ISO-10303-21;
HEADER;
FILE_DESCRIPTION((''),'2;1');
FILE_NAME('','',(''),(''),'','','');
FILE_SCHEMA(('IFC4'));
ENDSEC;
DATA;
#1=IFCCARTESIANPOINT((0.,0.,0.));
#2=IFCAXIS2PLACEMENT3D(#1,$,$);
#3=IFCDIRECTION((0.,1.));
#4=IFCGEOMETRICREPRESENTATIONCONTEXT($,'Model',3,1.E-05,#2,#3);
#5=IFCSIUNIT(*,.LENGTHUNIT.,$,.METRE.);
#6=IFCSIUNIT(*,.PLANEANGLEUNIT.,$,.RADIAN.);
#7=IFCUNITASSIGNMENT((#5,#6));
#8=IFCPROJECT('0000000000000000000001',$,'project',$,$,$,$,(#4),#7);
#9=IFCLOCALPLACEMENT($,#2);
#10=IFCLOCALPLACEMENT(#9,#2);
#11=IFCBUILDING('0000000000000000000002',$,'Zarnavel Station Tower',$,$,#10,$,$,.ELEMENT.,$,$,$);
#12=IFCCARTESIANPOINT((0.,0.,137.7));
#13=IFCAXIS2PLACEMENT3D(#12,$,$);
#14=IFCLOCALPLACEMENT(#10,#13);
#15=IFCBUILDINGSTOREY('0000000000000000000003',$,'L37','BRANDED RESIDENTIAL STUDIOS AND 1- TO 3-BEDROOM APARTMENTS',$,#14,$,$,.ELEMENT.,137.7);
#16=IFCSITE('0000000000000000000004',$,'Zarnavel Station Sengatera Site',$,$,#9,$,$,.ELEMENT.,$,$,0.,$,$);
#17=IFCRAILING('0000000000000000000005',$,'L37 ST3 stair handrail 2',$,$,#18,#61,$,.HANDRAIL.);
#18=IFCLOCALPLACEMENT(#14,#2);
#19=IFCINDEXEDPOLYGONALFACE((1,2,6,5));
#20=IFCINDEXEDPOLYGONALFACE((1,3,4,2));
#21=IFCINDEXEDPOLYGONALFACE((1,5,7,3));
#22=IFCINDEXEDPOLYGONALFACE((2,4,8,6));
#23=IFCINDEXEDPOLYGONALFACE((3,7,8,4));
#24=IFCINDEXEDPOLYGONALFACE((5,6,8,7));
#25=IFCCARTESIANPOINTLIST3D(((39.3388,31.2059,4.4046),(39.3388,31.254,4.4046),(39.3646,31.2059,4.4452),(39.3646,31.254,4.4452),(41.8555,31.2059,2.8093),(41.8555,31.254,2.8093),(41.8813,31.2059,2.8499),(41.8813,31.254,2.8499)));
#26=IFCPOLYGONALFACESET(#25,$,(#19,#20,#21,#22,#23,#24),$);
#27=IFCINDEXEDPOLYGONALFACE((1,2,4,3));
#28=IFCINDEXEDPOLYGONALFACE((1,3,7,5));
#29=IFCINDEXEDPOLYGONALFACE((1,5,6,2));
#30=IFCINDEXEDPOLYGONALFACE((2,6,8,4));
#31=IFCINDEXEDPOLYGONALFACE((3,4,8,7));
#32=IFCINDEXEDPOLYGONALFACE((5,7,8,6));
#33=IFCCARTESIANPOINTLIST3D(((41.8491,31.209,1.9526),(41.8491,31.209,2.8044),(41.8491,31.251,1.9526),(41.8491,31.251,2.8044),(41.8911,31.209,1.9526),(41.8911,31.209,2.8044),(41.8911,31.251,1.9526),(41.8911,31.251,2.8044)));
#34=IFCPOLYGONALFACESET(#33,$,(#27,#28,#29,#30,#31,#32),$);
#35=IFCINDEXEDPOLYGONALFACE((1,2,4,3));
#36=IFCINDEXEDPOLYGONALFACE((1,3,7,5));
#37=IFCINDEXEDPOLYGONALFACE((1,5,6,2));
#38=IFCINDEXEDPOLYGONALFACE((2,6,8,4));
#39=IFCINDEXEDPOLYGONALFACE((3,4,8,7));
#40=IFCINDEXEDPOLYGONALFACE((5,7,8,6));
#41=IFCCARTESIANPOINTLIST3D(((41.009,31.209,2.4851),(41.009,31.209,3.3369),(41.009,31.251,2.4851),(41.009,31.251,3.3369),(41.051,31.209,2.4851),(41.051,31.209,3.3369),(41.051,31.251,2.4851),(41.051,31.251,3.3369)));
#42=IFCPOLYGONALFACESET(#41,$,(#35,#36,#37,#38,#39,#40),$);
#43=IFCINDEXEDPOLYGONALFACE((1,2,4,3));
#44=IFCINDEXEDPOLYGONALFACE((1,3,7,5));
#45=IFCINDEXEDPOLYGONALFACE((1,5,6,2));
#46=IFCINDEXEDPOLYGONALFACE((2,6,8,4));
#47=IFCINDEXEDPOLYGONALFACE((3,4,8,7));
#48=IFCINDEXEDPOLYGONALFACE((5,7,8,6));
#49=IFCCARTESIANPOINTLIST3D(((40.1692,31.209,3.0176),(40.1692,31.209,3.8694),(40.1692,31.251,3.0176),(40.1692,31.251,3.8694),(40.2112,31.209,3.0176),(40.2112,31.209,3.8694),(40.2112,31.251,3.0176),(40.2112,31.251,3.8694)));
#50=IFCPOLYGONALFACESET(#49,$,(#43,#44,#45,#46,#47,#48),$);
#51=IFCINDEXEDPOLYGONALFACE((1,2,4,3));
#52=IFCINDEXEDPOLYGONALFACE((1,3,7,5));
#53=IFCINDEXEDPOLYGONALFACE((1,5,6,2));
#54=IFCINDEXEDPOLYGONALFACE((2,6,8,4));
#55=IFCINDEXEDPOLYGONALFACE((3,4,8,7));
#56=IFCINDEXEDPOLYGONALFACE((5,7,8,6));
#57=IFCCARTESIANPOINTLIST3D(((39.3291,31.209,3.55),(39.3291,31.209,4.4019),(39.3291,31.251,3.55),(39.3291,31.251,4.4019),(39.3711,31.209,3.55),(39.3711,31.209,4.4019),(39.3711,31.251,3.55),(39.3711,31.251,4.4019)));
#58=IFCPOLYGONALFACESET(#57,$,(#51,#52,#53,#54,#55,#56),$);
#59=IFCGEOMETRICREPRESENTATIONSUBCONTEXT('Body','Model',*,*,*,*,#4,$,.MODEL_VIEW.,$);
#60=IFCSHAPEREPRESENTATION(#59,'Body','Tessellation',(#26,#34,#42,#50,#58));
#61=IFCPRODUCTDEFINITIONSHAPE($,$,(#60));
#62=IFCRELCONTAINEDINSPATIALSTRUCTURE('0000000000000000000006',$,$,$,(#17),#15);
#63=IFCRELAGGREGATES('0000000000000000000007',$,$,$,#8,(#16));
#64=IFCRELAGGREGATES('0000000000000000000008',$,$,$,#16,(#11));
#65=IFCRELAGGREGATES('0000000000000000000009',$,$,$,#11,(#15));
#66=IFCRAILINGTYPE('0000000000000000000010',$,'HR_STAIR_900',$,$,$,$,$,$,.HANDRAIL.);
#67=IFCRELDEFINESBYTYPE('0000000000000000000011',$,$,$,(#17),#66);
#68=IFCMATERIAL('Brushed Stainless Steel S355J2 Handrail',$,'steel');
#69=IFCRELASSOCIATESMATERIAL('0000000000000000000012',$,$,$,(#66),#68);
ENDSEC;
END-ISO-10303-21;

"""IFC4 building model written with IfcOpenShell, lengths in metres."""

from ifc_helpers import new_model, si_unit, direction, frame, origin, origin_2d, place, context, subcontext, project, spatial, rectangle, extrude, material, type_object, element, save


model = new_model("IFC4")

# Units and contexts
model_context = context("Model", 3, precision=1e-05, world=origin(), true_north=direction((0.0, 1.0)))
body_context = subcontext(model_context, "Body", "Model", "MODEL_VIEW")
ifc_project = project(units=[si_unit("LENGTHUNIT", "METRE"), si_unit("PLANEANGLEUNIT", "RADIAN")], contexts=[model_context])

# Site, building, storey
site_placement = place(None, origin())
site = spatial("IfcSite", under=ifc_project, at=site_placement, Name="Zarnavel Station Sengatera Site", CompositionType="ELEMENT", RefElevation=0.0)
building_placement = place(site_placement, origin())
building = spatial("IfcBuilding", under=site, at=building_placement, Name="Zarnavel Station Tower", CompositionType="ELEMENT")
storey_placement = place(building_placement, frame((0.0, 0.0, 137.7)))
storey = spatial("IfcBuildingStorey", under=building, at=storey_placement, Name="L37", Description="BRANDED RESIDENTIAL STUDIOS AND 1- TO 3-BEDROOM APARTMENTS", CompositionType="ELEMENT", Elevation=137.7)

# Railing
ifc_material_1 = material(Name="Brushed Stainless Steel S355J2 Handrail", Category="steel")
railing_type_1 = type_object("IfcRailingType", Name="HR_STAIR_900", PredefinedType="HANDRAIL", material=ifc_material_1)
railing_1_placement = place(storey_placement, frame((41.8701, 31.23, 1.9526)))
element("IfcRailing", 1, at=railing_1_placement, inside=storey, type_object=railing_type_1, Name="L37 ST3 stair handrail 2", PredefinedType="HANDRAIL", context=body_context, shape_type="SweptSolid", body=[
    extrude(rectangle(XDim=0.0481, YDim=0.0481, at=origin_2d()), frame((-0.0017, 0.0, 0.877), z_axis=(-0.844607, 0.0, 0.535387), x_axis=(0.0, -1.0, 0.0)), (0.0, 0.0, 1.0), 2.9797),
    extrude(rectangle(XDim=0.042, YDim=0.042, at=origin_2d()), origin(), (0.0, 0.0, 1.0), 0.8518),
    extrude(rectangle(XDim=0.042, YDim=0.042, at=origin_2d()), frame((-0.8401, 0.0, 0.5325)), (0.0, 0.0, 1.0), 0.8518),
    extrude(rectangle(XDim=0.042, YDim=0.042, at=origin_2d()), frame((-1.6799, 0.0, 1.0649)), (0.0, 0.0, 1.0), 0.8518),
    extrude(rectangle(XDim=0.042, YDim=0.042, at=origin_2d()), frame((-2.52, 0.0, 1.5974)), (0.0, 0.0, 1.0), 0.8518),
])

save(model, "model.ifc")
